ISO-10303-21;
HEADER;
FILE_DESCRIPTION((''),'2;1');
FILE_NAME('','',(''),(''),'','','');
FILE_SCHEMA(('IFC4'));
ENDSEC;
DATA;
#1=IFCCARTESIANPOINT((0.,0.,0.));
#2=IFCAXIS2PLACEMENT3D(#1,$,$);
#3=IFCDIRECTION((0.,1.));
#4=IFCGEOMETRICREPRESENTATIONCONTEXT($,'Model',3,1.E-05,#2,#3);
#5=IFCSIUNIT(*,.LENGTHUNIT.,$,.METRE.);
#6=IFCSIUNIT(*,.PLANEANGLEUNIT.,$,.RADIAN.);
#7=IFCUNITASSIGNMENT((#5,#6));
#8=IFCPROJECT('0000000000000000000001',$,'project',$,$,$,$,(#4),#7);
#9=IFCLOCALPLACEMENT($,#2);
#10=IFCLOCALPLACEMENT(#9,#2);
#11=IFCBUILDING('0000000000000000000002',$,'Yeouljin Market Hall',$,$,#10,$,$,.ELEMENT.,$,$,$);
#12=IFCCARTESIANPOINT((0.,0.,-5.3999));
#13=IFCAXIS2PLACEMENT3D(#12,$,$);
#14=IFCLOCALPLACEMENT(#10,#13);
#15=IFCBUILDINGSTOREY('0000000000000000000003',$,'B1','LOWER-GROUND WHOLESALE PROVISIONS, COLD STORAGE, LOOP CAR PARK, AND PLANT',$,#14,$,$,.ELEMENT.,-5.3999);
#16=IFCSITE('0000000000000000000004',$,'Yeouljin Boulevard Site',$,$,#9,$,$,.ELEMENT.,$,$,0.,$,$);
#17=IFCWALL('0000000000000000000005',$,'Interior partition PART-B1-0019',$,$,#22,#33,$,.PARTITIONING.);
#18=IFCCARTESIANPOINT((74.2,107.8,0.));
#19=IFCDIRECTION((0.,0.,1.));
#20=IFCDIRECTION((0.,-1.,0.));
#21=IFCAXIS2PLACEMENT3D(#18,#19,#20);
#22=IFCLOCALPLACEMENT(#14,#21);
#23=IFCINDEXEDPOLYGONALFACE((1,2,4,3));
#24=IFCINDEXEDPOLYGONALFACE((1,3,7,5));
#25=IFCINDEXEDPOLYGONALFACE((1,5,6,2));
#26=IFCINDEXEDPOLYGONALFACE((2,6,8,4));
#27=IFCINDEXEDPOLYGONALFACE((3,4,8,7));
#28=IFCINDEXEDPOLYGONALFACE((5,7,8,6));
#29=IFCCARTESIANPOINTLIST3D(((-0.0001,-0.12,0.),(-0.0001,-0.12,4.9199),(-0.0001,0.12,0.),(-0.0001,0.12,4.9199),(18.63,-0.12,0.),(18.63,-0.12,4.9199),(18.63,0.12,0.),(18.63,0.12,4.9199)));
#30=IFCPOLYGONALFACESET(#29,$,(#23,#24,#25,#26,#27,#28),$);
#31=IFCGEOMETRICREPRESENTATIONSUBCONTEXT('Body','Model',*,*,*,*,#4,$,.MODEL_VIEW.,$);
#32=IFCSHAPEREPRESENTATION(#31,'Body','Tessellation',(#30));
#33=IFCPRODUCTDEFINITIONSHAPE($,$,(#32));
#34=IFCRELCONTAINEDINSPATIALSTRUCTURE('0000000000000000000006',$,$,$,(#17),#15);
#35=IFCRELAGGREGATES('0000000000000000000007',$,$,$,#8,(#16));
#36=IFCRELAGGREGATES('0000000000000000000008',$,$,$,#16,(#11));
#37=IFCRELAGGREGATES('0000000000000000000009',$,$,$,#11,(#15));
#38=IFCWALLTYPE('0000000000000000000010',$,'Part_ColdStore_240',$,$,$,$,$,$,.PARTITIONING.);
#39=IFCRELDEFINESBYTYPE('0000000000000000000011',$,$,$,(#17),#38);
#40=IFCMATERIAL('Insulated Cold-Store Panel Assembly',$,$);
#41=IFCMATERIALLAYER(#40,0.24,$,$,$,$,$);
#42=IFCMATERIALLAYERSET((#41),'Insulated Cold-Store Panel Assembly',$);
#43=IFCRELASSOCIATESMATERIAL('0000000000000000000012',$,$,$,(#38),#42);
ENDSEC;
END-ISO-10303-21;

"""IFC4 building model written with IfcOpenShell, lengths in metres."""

from ifc_helpers import new_model, si_unit, direction, frame, frame_2d, origin, place, context, subcontext, project, spatial, rectangle, extrude, material, layer, layer_set, type_object, element, save


model = new_model("IFC4")

# Units and contexts
model_context = context("Model", 3, precision=1e-05, world=origin(), true_north=direction((0.0, 1.0)))
body_context = subcontext(model_context, "Body", "Model", "MODEL_VIEW")
ifc_project = project(units=[si_unit("LENGTHUNIT", "METRE"), si_unit("PLANEANGLEUNIT", "RADIAN")], contexts=[model_context])

# Site, building, storey
site_placement = place(None, origin())
site = spatial("IfcSite", under=ifc_project, at=site_placement, Name="Yeouljin Boulevard Site", CompositionType="ELEMENT", RefElevation=0.0)
building_placement = place(site_placement, origin())
building = spatial("IfcBuilding", under=site, at=building_placement, Name="Yeouljin Market Hall", CompositionType="ELEMENT")
storey_placement = place(building_placement, frame((0.0, 0.0, -5.3999)))
storey = spatial("IfcBuildingStorey", under=building, at=storey_placement, Name="B1", Description="LOWER-GROUND WHOLESALE PROVISIONS, COLD STORAGE, LOOP CAR PARK, AND PLANT", CompositionType="ELEMENT", Elevation=-5.3999)

# Wall
ifc_material_1 = material(Name="Insulated Cold-Store Panel Assembly")
ifc_layer = layer(ifc_material_1, 0.24)
ifc_layer_set = layer_set([ifc_layer], Name="Insulated Cold-Store Panel Assembly")
wall_type = type_object("IfcWallType", Name="Part_ColdStore_240", PredefinedType="PARTITIONING", material=ifc_layer_set)
wall_placement = place(storey_placement, frame((74.2, 107.8, 0.0), z_axis=(0.0, 0.0, 1.0), x_axis=(0.0, -1.0, 0.0)))
element("IfcWall", 1, at=wall_placement, inside=storey, type_object=wall_type, Name="Interior partition PART-B1-0019", PredefinedType="PARTITIONING", context=body_context, shape_type="SweptSolid", body=[
    extrude(rectangle(XDim=18.6301, YDim=0.24, at=frame_2d((9.3149, 0.0))), origin(), (0.0, 0.0, 1.0), 4.9199),
])

save(model, "model.ifc")
